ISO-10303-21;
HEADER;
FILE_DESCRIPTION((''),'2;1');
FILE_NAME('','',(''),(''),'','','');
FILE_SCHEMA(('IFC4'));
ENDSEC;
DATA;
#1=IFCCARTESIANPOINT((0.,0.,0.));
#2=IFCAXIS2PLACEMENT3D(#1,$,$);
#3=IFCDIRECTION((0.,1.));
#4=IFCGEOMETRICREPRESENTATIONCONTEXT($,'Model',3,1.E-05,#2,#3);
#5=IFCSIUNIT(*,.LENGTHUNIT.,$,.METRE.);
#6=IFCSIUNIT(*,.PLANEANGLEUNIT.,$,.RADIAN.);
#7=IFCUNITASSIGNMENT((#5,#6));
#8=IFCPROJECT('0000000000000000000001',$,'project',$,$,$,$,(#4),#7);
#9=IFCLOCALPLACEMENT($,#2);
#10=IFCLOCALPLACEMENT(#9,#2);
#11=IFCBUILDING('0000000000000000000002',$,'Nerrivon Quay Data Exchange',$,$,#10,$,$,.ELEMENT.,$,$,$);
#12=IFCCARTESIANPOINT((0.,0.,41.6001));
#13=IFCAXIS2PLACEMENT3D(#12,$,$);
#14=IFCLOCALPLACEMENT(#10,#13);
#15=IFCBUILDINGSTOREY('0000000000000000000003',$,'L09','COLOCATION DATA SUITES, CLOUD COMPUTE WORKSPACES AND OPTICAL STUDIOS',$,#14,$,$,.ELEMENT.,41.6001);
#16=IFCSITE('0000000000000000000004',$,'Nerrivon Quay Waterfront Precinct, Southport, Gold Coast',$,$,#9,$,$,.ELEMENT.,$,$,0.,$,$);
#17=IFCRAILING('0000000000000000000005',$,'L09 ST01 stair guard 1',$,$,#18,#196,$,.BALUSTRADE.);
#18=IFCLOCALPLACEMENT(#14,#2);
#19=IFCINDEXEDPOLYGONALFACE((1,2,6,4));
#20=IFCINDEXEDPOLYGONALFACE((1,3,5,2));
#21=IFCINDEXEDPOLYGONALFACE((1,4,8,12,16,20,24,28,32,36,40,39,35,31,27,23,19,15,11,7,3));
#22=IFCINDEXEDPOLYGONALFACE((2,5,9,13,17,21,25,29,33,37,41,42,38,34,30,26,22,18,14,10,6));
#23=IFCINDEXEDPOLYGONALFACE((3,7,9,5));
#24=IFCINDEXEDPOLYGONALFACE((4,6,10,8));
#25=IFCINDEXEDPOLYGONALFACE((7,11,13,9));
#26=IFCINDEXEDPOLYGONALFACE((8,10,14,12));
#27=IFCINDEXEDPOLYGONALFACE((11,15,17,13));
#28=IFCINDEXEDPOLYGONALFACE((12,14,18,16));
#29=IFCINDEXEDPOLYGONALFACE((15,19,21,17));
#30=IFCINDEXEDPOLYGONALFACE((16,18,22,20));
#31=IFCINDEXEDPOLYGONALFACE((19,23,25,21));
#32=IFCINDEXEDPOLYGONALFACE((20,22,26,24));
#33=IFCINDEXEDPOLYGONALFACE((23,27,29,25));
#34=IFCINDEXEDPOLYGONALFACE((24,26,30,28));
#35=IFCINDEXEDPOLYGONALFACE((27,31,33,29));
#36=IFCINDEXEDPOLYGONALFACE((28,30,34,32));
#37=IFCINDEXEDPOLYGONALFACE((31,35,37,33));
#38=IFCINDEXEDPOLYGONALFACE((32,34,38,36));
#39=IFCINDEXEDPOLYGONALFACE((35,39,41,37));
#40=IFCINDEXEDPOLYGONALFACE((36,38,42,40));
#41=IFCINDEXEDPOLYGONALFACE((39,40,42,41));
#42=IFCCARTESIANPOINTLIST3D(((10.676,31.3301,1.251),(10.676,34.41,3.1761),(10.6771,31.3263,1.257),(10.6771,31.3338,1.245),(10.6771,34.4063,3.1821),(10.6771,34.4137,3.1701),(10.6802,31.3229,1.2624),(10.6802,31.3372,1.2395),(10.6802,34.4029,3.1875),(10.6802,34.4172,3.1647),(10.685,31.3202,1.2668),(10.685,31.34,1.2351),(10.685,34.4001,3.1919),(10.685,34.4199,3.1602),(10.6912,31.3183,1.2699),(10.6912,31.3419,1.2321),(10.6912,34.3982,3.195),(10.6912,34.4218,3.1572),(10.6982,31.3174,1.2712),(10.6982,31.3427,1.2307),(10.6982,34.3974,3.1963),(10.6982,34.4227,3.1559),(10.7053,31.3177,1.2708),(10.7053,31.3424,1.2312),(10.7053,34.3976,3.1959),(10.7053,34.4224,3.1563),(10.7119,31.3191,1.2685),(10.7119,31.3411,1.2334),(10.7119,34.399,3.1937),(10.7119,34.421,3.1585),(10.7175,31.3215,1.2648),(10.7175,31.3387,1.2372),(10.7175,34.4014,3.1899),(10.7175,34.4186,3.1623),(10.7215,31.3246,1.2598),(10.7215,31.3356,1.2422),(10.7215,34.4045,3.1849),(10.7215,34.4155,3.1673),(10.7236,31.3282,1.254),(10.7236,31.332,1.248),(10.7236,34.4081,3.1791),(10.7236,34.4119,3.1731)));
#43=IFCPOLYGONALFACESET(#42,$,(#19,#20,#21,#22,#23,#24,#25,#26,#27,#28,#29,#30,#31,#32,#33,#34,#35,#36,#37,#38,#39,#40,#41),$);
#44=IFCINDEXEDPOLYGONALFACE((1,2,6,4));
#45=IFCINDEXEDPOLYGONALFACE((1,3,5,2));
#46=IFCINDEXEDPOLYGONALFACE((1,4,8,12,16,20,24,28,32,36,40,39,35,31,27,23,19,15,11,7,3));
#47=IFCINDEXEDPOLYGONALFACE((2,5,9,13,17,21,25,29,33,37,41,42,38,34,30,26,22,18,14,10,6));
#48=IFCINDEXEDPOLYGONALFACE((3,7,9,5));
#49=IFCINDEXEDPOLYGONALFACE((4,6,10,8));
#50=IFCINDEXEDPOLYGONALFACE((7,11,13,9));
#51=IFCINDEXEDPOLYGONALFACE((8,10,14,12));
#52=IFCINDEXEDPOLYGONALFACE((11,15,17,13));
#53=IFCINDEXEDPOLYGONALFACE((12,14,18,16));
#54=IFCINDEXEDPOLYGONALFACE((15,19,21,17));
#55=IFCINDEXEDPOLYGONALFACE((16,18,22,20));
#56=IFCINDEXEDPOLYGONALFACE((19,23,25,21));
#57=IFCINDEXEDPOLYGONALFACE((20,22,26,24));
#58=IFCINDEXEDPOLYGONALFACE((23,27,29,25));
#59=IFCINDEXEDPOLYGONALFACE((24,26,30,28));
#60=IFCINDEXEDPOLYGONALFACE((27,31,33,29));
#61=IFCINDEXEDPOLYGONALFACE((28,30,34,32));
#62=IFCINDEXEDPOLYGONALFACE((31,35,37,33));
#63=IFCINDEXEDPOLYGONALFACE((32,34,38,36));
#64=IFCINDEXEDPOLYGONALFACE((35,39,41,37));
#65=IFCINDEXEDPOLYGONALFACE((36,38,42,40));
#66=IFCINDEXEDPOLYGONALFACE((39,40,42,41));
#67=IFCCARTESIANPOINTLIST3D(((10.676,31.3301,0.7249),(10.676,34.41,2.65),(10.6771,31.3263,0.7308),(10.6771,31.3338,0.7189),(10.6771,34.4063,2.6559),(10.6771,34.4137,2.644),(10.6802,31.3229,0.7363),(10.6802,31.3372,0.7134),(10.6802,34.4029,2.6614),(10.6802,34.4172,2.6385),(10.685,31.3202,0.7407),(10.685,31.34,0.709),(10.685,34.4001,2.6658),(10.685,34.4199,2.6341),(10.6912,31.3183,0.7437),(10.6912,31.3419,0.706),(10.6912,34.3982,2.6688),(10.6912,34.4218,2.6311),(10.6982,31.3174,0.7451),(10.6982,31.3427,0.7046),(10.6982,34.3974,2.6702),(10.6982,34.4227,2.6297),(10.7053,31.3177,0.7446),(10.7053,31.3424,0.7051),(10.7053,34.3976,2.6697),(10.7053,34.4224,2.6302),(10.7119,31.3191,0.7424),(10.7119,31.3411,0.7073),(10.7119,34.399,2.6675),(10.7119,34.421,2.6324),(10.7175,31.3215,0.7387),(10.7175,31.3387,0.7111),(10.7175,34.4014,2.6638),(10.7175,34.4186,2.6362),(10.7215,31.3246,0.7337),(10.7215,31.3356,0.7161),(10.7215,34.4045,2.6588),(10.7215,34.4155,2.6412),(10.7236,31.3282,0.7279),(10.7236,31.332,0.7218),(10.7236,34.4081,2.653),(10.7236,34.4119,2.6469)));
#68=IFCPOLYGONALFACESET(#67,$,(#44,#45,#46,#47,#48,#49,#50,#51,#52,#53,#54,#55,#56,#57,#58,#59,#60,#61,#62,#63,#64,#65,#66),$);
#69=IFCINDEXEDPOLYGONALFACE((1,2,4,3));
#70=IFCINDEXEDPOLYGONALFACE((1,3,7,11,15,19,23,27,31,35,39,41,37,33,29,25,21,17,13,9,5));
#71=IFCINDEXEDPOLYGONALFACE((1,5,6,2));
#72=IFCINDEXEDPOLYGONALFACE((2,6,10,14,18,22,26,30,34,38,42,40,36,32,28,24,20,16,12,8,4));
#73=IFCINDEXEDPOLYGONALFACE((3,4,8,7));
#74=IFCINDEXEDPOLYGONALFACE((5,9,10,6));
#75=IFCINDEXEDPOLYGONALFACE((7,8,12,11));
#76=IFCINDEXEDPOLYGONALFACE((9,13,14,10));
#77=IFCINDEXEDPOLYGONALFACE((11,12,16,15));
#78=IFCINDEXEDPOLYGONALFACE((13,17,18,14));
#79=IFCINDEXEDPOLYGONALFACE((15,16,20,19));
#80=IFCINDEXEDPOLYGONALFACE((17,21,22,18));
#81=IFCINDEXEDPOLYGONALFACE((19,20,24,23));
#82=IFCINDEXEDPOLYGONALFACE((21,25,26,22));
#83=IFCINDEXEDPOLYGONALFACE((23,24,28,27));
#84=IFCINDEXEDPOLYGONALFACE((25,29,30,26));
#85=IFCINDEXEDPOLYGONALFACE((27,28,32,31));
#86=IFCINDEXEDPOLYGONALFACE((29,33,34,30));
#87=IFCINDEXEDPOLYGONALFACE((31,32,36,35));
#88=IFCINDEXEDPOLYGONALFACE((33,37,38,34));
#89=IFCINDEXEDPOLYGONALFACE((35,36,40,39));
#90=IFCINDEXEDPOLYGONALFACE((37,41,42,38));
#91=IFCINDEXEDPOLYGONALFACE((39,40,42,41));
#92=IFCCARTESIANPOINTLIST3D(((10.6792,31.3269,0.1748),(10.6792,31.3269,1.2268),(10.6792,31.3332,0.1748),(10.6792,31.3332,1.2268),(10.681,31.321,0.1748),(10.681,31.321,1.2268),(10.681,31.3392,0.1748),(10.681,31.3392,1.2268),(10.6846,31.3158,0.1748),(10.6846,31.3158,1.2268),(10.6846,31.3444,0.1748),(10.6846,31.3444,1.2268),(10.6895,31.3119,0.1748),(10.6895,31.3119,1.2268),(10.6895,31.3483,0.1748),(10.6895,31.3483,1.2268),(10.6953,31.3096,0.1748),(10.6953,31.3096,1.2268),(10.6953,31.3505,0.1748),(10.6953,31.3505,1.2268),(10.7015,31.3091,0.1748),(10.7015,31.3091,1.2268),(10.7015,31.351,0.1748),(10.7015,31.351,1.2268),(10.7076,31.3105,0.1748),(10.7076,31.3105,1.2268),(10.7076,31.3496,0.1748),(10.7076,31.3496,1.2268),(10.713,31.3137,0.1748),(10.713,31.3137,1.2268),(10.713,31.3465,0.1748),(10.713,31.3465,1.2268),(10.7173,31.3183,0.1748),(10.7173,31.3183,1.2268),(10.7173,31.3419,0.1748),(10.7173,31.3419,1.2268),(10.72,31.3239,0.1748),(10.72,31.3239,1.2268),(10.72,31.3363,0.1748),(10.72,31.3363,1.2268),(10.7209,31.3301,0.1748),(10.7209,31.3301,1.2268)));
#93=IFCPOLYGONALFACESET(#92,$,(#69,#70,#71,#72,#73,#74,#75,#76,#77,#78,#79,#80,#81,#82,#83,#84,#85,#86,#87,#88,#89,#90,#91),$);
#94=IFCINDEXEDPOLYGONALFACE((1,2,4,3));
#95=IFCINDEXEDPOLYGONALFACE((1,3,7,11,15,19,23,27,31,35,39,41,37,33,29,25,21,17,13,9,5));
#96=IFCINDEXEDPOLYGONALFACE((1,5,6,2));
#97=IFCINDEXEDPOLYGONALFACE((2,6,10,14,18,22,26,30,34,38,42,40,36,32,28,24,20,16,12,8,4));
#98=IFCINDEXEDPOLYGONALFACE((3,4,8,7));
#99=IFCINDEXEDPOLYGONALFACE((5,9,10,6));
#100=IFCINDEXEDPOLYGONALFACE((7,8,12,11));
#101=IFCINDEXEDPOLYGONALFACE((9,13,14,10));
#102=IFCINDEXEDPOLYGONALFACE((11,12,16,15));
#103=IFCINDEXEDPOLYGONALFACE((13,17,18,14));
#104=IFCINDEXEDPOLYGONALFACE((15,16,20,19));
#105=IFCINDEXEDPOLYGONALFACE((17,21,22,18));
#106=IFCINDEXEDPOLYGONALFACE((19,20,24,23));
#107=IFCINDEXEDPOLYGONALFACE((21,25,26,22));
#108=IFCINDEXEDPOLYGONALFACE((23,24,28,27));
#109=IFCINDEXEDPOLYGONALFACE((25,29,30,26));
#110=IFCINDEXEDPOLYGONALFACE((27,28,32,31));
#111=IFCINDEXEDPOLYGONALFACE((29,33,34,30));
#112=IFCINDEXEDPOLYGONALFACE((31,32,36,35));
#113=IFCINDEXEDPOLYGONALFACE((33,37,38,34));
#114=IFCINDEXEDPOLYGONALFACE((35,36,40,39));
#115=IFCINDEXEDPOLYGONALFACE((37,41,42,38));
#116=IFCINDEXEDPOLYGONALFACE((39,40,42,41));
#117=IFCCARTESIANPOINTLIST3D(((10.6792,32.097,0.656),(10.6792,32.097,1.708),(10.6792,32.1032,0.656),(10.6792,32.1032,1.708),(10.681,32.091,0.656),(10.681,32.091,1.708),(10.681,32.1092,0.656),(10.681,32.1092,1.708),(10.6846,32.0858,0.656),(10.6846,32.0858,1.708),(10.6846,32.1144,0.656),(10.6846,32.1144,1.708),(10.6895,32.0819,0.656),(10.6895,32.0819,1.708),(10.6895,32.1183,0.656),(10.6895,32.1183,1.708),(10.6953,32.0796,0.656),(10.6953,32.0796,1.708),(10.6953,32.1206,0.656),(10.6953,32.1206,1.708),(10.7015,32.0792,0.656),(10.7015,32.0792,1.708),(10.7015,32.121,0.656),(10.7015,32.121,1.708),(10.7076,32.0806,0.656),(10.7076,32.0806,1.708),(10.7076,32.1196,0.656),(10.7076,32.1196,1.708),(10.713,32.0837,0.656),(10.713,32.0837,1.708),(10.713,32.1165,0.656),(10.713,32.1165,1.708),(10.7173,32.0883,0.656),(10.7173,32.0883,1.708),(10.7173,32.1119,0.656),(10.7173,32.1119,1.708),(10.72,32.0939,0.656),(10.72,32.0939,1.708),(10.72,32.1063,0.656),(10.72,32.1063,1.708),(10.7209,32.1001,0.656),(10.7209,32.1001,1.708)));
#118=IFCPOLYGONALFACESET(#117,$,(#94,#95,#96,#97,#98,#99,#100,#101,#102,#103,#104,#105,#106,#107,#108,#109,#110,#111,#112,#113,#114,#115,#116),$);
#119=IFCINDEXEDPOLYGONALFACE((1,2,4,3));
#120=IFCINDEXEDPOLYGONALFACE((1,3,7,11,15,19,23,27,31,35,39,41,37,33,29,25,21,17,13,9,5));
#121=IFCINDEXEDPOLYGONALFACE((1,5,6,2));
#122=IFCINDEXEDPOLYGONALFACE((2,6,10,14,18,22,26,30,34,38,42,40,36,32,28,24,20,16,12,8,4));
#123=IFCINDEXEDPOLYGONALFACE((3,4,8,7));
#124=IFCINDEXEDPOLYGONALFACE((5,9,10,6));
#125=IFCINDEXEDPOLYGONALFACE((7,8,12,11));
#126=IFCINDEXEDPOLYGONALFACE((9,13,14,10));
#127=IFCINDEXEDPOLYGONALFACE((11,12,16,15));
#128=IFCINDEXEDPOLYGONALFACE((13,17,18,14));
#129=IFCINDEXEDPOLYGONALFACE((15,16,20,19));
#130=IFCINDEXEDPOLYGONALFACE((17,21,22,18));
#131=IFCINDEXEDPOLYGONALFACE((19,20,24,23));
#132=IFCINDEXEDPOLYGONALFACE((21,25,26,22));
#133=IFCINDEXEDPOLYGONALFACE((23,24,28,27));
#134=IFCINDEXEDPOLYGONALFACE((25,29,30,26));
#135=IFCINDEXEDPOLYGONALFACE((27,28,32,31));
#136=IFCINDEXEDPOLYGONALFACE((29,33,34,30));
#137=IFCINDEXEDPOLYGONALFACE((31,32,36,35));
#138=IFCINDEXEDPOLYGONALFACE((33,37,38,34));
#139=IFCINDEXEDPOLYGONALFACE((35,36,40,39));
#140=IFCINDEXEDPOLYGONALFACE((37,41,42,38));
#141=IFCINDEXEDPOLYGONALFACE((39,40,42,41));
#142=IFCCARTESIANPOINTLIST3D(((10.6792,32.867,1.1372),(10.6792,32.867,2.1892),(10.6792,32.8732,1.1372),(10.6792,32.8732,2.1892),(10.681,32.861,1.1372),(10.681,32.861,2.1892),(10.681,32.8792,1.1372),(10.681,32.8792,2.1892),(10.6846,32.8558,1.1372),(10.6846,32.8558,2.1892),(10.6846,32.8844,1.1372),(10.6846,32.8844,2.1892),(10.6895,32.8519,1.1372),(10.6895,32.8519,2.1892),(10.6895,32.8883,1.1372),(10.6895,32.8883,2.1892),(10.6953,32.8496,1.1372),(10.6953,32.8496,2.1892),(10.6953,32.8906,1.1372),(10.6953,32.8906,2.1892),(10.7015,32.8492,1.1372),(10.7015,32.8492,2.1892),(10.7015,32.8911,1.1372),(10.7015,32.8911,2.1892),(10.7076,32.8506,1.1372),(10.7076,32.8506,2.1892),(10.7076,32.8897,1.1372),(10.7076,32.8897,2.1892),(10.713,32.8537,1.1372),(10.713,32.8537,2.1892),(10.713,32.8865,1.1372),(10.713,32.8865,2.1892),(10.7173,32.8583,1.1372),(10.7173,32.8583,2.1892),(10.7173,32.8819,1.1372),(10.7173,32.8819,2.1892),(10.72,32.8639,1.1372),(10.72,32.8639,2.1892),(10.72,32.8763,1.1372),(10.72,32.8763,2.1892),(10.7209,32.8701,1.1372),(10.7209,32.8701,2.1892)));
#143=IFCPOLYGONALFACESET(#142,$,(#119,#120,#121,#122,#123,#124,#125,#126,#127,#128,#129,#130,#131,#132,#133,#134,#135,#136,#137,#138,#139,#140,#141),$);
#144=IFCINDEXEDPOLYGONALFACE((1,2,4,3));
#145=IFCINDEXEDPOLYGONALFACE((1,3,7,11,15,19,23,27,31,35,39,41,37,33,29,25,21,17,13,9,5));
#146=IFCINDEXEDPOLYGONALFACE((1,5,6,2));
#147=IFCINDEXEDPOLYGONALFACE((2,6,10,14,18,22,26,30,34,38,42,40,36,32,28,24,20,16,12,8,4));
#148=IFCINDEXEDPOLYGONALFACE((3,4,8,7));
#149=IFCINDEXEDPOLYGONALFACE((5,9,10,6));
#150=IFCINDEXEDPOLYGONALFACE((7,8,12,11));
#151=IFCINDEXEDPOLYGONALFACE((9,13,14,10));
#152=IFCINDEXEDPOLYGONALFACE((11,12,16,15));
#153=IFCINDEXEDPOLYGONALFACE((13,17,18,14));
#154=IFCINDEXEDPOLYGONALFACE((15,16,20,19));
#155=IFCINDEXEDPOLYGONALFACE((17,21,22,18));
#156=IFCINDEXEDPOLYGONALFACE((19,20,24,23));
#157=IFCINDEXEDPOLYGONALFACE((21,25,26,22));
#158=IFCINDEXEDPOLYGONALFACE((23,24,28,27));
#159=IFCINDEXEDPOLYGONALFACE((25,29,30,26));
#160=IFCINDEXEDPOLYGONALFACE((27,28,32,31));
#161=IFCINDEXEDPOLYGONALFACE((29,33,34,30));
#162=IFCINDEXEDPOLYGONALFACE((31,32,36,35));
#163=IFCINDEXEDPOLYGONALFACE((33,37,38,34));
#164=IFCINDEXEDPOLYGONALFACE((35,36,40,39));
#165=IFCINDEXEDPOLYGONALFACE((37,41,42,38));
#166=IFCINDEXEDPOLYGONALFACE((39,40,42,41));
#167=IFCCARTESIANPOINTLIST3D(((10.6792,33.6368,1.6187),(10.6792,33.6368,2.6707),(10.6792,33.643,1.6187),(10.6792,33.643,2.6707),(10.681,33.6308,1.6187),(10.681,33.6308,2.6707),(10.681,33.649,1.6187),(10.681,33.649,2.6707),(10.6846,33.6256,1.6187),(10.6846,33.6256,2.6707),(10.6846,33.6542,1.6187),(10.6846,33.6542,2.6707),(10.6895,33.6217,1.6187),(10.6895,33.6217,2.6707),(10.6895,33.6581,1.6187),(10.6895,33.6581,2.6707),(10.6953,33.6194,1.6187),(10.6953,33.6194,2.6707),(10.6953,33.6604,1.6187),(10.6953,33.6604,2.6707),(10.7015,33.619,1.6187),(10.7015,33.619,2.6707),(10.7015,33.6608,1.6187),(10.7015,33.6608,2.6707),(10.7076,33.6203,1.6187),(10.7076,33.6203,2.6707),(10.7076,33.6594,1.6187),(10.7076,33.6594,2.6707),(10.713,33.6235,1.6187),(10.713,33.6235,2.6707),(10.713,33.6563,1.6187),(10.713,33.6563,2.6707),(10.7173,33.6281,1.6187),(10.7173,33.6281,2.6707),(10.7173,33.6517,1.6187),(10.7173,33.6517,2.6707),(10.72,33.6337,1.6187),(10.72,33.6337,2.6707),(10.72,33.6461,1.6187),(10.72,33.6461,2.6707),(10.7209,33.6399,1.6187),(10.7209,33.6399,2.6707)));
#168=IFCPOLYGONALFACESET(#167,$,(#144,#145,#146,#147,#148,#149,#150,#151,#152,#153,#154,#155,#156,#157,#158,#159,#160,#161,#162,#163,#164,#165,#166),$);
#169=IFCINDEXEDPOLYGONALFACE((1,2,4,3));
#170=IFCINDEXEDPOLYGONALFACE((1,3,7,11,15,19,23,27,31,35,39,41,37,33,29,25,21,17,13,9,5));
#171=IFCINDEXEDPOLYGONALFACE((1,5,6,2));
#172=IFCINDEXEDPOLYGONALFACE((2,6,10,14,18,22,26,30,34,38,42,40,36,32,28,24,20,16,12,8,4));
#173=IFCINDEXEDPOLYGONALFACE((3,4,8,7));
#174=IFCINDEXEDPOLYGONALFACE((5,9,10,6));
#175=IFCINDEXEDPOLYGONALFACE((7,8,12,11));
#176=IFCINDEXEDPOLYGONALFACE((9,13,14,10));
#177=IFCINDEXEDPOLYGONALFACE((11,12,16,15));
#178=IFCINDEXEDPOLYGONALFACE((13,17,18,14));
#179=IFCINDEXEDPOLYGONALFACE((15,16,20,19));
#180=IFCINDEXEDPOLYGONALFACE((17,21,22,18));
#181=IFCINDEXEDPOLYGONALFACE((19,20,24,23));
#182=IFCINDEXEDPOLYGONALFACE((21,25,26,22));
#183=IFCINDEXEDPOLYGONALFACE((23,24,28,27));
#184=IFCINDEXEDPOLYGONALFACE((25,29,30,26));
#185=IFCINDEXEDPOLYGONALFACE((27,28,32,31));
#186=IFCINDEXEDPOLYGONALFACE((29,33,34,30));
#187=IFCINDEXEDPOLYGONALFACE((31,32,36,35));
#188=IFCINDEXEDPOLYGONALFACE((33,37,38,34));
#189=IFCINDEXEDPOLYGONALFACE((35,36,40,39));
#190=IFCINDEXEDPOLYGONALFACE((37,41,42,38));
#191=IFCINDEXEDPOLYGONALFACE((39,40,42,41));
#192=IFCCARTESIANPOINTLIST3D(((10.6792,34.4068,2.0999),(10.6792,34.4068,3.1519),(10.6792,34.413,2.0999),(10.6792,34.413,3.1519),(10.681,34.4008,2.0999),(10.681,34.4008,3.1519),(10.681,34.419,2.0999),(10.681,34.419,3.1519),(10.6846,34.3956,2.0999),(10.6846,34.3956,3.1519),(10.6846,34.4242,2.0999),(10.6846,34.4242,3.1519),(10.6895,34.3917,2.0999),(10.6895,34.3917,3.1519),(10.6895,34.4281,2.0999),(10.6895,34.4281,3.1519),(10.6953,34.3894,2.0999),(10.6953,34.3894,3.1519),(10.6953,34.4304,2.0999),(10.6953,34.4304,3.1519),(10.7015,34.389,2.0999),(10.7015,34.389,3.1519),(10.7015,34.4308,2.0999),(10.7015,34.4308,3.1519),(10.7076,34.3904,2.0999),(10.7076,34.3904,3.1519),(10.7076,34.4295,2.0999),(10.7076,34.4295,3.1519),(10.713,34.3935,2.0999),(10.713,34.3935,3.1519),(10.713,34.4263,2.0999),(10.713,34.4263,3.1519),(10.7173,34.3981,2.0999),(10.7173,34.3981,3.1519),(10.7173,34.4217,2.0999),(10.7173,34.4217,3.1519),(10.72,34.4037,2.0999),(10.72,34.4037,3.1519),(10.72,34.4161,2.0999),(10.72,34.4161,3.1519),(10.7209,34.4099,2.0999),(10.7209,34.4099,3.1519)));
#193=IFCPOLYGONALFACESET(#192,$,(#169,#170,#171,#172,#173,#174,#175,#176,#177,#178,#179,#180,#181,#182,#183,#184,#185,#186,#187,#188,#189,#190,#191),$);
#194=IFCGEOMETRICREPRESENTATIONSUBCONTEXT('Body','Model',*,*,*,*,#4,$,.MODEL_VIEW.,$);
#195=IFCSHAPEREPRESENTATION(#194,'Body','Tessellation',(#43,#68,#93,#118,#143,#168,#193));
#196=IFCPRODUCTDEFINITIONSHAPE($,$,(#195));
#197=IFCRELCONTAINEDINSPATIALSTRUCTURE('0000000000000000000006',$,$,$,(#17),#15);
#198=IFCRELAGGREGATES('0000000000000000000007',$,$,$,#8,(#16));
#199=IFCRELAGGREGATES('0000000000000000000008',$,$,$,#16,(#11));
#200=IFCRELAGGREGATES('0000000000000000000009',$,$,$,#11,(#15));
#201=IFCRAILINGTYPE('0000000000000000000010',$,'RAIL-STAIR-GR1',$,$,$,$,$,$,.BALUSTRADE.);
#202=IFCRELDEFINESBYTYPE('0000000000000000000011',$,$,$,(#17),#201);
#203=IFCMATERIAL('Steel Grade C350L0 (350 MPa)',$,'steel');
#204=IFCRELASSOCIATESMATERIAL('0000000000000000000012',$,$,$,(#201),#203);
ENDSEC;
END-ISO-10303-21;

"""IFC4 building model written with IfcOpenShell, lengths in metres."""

from ifc_helpers import new_model, si_unit, direction, frame, origin, origin_2d, place, context, subcontext, project, spatial, circle, extrude, material, type_object, element, save


model = new_model("IFC4")

# Units and contexts
model_context = context("Model", 3, precision=1e-05, world=origin(), true_north=direction((0.0, 1.0)))
body_context = subcontext(model_context, "Body", "Model", "MODEL_VIEW")
ifc_project = project(units=[si_unit("LENGTHUNIT", "METRE"), si_unit("PLANEANGLEUNIT", "RADIAN")], contexts=[model_context])

# Site, building, storey
site_placement = place(None, origin())
site = spatial("IfcSite", under=ifc_project, at=site_placement, Name="Nerrivon Quay Waterfront Precinct, Southport, Gold Coast", CompositionType="ELEMENT", RefElevation=0.0)
building_placement = place(site_placement, origin())
building = spatial("IfcBuilding", under=site, at=building_placement, Name="Nerrivon Quay Data Exchange", CompositionType="ELEMENT")
storey_placement = place(building_placement, frame((0.0, 0.0, 41.6001)))
storey = spatial("IfcBuildingStorey", under=building, at=storey_placement, Name="L09", Description="COLOCATION DATA SUITES, CLOUD COMPUTE WORKSPACES AND OPTICAL STUDIOS", CompositionType="ELEMENT", Elevation=41.6001)

# Railing
ifc_material_1 = material(Name="Steel Grade C350L0 (350 MPa)", Category="steel")
railing_type_1 = type_object("IfcRailingType", Name="RAIL-STAIR-GR1", PredefinedType="BALUSTRADE", material=ifc_material_1)
railing_1_placement = place(storey_placement, frame((10.7, 31.3301, 0.1748)))
element("IfcRailing", 1, at=railing_1_placement, inside=storey, type_object=railing_type_1, Name="L09 ST01 stair guard 1", PredefinedType="BALUSTRADE", context=body_context, shape_type="SweptSolid", body=[
    extrude(circle(Radius=0.0239, at=origin_2d()), frame((0.0, 0.0, 1.0762), z_axis=(0.0, 0.847979, 0.530029), x_axis=(-1.0, 0.0, 0.0)), (0.0, 0.0, 1.0), 3.6321),
    extrude(circle(Radius=0.0239, at=origin_2d()), frame((0.0, 0.0, 0.55), z_axis=(0.0, 0.847979, 0.530029), x_axis=(-1.0, 0.0, 0.0)), (0.0, 0.0, 1.0), 3.6321),
    extrude(circle(Radius=0.021, at=origin_2d()), origin(), (0.0, 0.0, 1.0), 1.052),
    extrude(circle(Radius=0.021, at=origin_2d()), frame((0.0, 0.77, 0.4812)), (0.0, 0.0, 1.0), 1.052),
    extrude(circle(Radius=0.021, at=origin_2d()), frame((0.0, 1.54, 0.9624)), (0.0, 0.0, 1.0), 1.052),
    extrude(circle(Radius=0.021, at=origin_2d()), frame((0.0, 2.3098, 1.4438)), (0.0, 0.0, 1.0), 1.052),
    extrude(circle(Radius=0.021, at=origin_2d()), frame((0.0, 3.0798, 1.925)), (0.0, 0.0, 1.0), 1.052),
])

save(model, "model.ifc")
